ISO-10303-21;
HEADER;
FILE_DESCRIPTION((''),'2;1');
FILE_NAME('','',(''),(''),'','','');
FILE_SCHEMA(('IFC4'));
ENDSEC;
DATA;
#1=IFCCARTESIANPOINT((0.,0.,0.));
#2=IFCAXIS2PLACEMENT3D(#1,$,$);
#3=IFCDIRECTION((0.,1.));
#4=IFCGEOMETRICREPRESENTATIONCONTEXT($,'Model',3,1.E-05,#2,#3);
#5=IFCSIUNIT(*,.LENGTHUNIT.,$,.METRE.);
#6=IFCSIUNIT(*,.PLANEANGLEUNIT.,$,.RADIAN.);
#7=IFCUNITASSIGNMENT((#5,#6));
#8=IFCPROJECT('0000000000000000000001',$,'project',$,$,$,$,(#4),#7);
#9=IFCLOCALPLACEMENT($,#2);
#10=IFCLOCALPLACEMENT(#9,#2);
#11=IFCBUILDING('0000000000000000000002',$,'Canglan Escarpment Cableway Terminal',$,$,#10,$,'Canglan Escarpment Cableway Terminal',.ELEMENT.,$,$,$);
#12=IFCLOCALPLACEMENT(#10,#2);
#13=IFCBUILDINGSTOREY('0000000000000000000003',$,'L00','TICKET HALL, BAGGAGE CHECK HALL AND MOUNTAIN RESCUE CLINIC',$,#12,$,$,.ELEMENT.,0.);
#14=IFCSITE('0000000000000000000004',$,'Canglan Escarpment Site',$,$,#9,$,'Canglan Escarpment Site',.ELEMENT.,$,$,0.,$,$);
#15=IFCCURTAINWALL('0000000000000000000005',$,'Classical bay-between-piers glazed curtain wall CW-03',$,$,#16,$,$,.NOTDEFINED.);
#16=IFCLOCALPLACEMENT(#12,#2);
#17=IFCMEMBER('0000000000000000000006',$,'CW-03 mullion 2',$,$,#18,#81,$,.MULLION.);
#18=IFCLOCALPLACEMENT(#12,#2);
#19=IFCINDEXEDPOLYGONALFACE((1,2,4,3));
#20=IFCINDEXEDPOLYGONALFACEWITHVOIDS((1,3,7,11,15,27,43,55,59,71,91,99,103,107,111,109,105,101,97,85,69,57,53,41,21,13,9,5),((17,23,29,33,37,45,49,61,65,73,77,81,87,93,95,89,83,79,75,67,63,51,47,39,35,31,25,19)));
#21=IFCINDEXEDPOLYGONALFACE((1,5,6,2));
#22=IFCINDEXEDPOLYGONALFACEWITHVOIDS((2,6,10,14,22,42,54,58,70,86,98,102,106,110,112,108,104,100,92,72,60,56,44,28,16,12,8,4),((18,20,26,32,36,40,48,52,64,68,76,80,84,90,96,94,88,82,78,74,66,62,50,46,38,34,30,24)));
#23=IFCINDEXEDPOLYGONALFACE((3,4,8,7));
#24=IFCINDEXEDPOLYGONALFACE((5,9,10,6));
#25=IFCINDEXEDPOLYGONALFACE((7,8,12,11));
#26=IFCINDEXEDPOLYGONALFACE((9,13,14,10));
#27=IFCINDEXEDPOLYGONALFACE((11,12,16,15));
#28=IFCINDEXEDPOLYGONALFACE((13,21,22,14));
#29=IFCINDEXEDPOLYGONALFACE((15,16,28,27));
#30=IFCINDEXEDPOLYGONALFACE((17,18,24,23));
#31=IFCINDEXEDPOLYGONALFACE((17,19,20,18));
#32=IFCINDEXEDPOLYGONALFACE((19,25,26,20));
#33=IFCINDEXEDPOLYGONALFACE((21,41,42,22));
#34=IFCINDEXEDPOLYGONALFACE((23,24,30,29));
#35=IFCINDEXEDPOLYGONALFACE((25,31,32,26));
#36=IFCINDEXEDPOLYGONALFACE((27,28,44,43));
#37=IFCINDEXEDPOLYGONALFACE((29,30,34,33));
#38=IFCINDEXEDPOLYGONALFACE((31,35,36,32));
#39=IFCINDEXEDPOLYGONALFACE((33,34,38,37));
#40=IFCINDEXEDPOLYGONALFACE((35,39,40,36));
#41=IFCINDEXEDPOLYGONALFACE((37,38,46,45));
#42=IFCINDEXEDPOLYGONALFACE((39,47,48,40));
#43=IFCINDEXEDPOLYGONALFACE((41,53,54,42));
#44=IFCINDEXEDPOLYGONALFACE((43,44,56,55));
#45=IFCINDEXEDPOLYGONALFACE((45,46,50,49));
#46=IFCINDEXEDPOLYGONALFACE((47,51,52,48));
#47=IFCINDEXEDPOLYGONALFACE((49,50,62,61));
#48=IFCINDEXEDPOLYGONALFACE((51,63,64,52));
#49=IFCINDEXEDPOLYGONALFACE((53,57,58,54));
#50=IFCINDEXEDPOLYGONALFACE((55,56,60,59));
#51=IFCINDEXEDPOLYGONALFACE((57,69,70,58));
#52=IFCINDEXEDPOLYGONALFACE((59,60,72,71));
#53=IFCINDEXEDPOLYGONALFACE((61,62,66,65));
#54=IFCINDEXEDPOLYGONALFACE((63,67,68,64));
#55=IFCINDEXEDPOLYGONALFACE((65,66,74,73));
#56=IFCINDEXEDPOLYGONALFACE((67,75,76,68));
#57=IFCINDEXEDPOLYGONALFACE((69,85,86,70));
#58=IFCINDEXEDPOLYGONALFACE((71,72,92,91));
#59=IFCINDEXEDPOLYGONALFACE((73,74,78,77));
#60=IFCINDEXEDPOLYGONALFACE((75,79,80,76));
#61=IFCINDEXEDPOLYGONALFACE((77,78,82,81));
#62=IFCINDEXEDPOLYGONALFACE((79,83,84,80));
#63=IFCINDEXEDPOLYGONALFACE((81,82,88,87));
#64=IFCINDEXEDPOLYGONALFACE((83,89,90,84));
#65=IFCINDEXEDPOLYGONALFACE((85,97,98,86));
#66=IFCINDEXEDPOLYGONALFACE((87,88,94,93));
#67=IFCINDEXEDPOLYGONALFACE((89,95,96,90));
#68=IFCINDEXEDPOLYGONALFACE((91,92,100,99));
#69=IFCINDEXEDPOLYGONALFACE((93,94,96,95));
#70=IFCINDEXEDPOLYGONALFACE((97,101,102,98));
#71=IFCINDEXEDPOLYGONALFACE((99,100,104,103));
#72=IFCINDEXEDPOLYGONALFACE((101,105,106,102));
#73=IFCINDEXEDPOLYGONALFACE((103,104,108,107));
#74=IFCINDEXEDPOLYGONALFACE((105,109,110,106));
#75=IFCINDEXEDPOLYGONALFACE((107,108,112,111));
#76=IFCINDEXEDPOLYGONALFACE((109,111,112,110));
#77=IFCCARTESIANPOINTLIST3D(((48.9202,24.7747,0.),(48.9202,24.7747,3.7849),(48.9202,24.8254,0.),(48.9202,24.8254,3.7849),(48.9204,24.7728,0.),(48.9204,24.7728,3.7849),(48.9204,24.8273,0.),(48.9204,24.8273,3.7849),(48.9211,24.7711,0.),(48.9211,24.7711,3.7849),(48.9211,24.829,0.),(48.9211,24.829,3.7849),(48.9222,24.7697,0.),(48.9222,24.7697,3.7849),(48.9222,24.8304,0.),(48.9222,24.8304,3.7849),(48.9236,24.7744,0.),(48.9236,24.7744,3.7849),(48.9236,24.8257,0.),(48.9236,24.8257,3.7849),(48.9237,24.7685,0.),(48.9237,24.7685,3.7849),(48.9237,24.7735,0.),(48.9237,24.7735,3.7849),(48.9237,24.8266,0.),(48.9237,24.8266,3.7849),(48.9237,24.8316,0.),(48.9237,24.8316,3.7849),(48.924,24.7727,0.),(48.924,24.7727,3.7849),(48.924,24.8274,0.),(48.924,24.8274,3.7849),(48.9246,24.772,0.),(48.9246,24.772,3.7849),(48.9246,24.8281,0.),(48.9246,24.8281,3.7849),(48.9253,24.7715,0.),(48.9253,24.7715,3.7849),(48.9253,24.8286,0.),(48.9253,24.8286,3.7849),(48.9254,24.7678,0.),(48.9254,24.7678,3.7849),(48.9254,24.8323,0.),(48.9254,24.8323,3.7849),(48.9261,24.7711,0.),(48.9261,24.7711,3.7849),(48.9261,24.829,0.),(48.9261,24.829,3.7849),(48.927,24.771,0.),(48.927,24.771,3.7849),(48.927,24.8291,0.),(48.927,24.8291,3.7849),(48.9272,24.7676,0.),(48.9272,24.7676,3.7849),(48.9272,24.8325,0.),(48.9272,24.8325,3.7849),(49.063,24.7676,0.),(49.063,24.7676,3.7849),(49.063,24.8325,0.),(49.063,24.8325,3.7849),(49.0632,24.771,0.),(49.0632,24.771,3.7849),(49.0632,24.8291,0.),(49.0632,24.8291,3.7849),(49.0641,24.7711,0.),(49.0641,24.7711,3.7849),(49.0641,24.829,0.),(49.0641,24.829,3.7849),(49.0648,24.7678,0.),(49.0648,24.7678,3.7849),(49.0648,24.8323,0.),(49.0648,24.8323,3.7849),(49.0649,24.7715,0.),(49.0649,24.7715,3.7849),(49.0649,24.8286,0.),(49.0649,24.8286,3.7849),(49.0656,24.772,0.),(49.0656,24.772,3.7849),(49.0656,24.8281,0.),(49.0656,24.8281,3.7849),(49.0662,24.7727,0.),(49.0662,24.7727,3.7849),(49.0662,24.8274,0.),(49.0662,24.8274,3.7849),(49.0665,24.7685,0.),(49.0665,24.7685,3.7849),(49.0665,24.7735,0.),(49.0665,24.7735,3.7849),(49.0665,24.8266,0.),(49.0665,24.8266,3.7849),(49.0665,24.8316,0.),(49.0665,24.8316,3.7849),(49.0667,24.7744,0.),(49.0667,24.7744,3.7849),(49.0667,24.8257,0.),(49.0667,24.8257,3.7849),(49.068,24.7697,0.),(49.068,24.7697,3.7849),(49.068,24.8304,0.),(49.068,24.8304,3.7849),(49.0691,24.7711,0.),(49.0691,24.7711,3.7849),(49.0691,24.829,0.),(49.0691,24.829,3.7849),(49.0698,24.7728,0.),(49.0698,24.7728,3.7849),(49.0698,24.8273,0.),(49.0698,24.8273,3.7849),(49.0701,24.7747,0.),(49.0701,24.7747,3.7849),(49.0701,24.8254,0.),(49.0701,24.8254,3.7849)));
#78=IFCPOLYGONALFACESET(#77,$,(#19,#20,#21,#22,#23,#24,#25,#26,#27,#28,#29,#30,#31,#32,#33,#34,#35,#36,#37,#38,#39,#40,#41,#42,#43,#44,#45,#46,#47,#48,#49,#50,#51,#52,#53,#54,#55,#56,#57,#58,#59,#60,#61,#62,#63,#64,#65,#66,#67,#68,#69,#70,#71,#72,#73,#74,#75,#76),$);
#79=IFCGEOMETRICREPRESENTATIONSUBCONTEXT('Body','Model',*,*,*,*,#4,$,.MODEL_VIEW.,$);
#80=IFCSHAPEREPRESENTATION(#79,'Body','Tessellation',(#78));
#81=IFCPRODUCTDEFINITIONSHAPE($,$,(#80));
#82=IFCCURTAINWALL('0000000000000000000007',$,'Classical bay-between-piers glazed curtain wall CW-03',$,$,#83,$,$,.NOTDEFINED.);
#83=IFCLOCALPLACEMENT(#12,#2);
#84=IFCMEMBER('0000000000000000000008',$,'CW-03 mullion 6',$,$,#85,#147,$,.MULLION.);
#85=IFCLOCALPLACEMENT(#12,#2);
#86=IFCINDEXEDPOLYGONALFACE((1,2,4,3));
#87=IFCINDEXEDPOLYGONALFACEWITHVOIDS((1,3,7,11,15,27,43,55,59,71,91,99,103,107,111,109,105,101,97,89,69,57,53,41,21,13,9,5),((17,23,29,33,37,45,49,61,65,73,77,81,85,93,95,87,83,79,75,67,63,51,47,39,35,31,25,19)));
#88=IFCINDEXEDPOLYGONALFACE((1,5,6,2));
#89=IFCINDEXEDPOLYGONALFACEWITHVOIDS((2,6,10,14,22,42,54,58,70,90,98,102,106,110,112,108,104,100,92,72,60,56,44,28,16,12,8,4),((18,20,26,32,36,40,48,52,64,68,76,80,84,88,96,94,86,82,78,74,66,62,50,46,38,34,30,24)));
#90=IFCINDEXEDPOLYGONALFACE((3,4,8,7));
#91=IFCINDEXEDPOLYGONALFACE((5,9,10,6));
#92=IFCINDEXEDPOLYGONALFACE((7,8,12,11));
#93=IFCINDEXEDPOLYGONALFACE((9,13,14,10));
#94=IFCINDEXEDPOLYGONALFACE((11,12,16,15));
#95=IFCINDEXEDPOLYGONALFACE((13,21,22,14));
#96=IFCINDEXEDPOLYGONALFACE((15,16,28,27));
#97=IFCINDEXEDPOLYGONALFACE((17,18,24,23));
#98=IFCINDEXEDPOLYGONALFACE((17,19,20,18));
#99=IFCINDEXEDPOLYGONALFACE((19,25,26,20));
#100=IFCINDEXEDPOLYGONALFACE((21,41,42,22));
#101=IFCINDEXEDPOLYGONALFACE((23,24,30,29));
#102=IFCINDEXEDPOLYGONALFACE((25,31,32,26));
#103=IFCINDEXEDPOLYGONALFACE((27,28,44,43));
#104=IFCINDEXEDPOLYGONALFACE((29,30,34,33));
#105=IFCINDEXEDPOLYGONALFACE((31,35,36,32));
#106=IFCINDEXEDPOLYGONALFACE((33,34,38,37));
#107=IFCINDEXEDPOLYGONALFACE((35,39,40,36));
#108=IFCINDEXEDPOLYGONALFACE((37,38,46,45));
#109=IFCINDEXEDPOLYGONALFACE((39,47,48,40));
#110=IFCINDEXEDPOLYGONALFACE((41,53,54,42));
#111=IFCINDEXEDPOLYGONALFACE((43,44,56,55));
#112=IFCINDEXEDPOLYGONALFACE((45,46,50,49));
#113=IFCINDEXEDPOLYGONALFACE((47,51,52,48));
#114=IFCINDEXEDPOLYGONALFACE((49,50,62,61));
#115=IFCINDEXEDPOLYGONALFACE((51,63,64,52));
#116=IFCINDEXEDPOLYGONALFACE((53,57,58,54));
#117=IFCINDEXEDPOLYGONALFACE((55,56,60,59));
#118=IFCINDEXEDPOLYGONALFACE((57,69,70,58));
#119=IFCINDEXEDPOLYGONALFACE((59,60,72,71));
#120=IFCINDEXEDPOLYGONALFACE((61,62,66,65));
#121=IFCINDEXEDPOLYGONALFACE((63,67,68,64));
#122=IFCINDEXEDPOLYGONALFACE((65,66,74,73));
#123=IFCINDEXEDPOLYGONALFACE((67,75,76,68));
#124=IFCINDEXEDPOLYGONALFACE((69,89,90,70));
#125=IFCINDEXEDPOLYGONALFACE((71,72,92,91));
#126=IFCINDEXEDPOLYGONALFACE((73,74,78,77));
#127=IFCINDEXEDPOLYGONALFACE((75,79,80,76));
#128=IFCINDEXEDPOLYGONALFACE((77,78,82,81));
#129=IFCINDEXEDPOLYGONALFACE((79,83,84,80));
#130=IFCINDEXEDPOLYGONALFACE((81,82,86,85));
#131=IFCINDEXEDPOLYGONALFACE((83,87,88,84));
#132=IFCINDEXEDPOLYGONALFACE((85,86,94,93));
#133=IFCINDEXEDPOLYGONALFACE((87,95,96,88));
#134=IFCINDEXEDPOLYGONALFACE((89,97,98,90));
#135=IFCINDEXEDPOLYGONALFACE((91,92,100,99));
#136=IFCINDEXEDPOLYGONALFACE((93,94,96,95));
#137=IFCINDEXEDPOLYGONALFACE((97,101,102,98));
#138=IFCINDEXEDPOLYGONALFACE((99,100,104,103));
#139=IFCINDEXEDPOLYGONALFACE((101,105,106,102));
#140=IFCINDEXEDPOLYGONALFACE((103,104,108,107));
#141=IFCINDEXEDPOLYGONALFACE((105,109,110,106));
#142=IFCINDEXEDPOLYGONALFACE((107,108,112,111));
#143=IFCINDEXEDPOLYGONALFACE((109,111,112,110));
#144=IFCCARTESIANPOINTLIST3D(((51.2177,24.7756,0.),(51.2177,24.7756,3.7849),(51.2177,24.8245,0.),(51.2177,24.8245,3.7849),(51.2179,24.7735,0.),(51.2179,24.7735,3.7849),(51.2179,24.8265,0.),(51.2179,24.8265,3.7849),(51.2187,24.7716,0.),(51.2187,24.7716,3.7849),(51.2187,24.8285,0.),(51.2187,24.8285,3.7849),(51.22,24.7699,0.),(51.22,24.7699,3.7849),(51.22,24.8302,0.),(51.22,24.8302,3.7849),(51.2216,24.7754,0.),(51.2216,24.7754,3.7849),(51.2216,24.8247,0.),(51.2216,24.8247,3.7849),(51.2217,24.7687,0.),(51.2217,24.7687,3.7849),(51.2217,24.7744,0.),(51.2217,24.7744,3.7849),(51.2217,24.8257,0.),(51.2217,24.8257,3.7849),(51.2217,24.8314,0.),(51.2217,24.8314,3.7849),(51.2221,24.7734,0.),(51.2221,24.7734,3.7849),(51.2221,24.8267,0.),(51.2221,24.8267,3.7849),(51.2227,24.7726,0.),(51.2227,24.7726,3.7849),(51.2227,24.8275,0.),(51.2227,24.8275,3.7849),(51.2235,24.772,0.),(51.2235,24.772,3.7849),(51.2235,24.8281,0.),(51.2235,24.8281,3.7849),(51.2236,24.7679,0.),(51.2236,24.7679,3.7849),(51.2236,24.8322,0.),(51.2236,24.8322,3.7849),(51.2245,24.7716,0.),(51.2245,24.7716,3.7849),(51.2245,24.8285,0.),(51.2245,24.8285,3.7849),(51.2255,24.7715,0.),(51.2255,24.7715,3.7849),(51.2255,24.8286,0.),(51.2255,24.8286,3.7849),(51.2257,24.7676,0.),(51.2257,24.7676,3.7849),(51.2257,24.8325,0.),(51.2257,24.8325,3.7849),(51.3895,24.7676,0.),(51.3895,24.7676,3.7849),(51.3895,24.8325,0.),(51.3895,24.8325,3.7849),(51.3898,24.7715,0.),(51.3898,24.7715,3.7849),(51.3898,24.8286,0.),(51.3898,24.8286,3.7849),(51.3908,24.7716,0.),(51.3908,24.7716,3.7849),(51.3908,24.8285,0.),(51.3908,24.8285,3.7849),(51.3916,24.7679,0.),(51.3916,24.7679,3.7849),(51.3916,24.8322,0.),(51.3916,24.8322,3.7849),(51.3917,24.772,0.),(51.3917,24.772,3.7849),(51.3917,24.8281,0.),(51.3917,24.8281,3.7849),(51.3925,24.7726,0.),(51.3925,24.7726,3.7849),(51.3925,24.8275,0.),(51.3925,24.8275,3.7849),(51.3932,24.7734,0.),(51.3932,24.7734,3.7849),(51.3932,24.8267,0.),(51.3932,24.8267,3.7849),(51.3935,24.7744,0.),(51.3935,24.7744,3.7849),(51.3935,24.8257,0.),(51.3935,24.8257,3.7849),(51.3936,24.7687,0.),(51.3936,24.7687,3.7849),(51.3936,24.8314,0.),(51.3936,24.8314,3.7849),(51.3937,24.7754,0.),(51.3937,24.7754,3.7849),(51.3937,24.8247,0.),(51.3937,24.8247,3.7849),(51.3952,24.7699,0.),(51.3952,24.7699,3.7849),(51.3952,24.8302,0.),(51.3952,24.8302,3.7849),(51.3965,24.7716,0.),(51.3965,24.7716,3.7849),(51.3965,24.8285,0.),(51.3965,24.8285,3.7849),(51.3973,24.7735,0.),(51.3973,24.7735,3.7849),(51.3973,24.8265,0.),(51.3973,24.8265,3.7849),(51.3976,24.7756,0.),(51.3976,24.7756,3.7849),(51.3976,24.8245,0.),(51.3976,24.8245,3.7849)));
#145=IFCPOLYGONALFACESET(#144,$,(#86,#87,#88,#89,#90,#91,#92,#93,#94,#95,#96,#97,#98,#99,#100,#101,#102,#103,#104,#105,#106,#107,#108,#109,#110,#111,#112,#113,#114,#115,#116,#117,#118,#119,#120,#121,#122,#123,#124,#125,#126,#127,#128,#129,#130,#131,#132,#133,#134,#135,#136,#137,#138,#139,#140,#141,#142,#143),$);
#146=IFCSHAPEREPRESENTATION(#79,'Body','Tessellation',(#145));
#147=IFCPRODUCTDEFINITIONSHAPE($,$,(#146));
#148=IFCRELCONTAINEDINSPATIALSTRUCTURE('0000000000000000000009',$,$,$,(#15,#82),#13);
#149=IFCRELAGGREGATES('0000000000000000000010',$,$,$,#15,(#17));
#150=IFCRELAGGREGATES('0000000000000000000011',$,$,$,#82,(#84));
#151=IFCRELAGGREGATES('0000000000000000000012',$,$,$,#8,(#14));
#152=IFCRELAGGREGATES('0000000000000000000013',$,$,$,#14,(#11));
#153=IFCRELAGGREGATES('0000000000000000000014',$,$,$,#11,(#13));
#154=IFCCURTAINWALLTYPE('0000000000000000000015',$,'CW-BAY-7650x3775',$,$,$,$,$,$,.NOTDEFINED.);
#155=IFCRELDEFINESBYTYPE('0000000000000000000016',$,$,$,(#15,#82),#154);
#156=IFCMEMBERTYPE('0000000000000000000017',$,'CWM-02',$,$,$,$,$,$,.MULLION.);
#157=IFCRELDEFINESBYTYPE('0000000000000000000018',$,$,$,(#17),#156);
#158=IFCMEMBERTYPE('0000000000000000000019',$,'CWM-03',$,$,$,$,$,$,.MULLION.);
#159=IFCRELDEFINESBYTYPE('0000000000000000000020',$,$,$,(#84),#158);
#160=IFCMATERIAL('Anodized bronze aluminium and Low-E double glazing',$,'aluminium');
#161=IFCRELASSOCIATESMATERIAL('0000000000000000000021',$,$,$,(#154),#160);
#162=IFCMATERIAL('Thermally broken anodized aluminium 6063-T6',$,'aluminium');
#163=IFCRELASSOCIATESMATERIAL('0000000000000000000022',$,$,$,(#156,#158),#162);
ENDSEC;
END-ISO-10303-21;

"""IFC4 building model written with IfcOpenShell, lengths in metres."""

from ifc_helpers import new_model, si_unit, direction, frame, origin, origin_2d, place, context, subcontext, project, spatial, hollow_rectangle, extrude, material, material_profile, profile_set, type_object, element, aggregate, save


model = new_model("IFC4")

# Units and contexts
model_context = context("Model", 3, precision=1e-05, world=origin(), true_north=direction((0.0, 1.0)))
body_context = subcontext(model_context, "Body", "Model", "MODEL_VIEW")
ifc_project = project(units=[si_unit("LENGTHUNIT", "METRE"), si_unit("PLANEANGLEUNIT", "RADIAN")], contexts=[model_context])

# Site, building, storey
site_placement = place(None, origin())
site = spatial("IfcSite", under=ifc_project, at=site_placement, Name="Canglan Escarpment Site", LongName="Canglan Escarpment Site", CompositionType="ELEMENT", RefElevation=0.0)
building_placement = place(site_placement, origin())
building = spatial("IfcBuilding", under=site, at=building_placement, Name="Canglan Escarpment Cableway Terminal", LongName="Canglan Escarpment Cableway Terminal", CompositionType="ELEMENT")
storey_placement = place(building_placement, origin())
storey = spatial("IfcBuildingStorey", under=building, at=storey_placement, Name="L00", Description="TICKET HALL, BAGGAGE CHECK HALL AND MOUNTAIN RESCUE CLINIC", CompositionType="ELEMENT", Elevation=0.0)

# Curtain wall, member
ifc_material_1 = material(Name="Anodized bronze aluminium and Low-E double glazing", Category="aluminium")
curtain_wall_type = type_object("IfcCurtainWallType", Name="CW-BAY-7650x3775", PredefinedType="NOTDEFINED", material=ifc_material_1)
curtain_wall_1_placement = place(storey_placement, origin())
curtain_wall_1 = element("IfcCurtainWall", 1, at=curtain_wall_1_placement, inside=storey, type_object=curtain_wall_type, Name="Classical bay-between-piers glazed curtain wall CW-03", PredefinedType="NOTDEFINED")
ifc_material_2 = material(Name="Thermally broken anodized aluminium 6063-T6", Category="aluminium")
ifc_material_profile_1 = material_profile(ifc_material_2, hollow_rectangle(XDim=0.0649, YDim=0.1499, WallThickness=0.0034, InnerFilletRadius=0.0034, OuterFilletRadius=0.0071, at=origin_2d()), Name="ALU-MULL 65x150x3.5")
ifc_profile_set_1 = profile_set([ifc_material_profile_1], Name="Thermally broken anodized aluminium 6063-T6")
member_type_1 = type_object("IfcMemberType", Name="CWM-02", PredefinedType="MULLION", material=ifc_profile_set_1)
member_1_placement = place(storey_placement, frame((48.9951, 24.8, 0.0), z_axis=(0.0, 0.0, 1.0), x_axis=(0.0, -1.0, 0.0)))
member_1 = element("IfcMember", 2, at=member_1_placement, type_object=member_type_1, Name="CW-03 mullion 2", PredefinedType="MULLION", context=body_context, shape_type="SweptSolid", body=[
    extrude(hollow_rectangle(XDim=0.0649, YDim=0.1499, WallThickness=0.0034, InnerFilletRadius=0.0034, OuterFilletRadius=0.0071, at=origin_2d()), origin(), (0.0, 0.0, 1.0), 3.7849),
])

# Curtain wall, member
curtain_wall_2_placement = place(storey_placement, origin())
curtain_wall_2 = element("IfcCurtainWall", 3, at=curtain_wall_2_placement, inside=storey, type_object=curtain_wall_type, Name="Classical bay-between-piers glazed curtain wall CW-03", PredefinedType="NOTDEFINED")
ifc_material_profile_2 = material_profile(ifc_material_2, hollow_rectangle(XDim=0.0649, YDim=0.1799, WallThickness=0.0039, InnerFilletRadius=0.0039, OuterFilletRadius=0.0081, at=origin_2d()), Name="ALU-MULL 65x180x4")
ifc_profile_set_2 = profile_set([ifc_material_profile_2], Name="Thermally broken anodized aluminium 6063-T6")
member_type_2 = type_object("IfcMemberType", Name="CWM-03", PredefinedType="MULLION", material=ifc_profile_set_2)
member_2_placement = place(storey_placement, frame((51.3076, 24.8, 0.0), z_axis=(0.0, 0.0, 1.0), x_axis=(0.0, -1.0, 0.0)))
member_2 = element("IfcMember", 4, at=member_2_placement, type_object=member_type_2, Name="CW-03 mullion 6", PredefinedType="MULLION", context=body_context, shape_type="SweptSolid", body=[
    extrude(hollow_rectangle(XDim=0.0649, YDim=0.1799, WallThickness=0.0039, InnerFilletRadius=0.0039, OuterFilletRadius=0.0081, at=origin_2d()), origin(), (0.0, 0.0, 1.0), 3.7849),
])

aggregate(curtain_wall_1, [member_1])
aggregate(curtain_wall_2, [member_2])

save(model, "model.ifc")
